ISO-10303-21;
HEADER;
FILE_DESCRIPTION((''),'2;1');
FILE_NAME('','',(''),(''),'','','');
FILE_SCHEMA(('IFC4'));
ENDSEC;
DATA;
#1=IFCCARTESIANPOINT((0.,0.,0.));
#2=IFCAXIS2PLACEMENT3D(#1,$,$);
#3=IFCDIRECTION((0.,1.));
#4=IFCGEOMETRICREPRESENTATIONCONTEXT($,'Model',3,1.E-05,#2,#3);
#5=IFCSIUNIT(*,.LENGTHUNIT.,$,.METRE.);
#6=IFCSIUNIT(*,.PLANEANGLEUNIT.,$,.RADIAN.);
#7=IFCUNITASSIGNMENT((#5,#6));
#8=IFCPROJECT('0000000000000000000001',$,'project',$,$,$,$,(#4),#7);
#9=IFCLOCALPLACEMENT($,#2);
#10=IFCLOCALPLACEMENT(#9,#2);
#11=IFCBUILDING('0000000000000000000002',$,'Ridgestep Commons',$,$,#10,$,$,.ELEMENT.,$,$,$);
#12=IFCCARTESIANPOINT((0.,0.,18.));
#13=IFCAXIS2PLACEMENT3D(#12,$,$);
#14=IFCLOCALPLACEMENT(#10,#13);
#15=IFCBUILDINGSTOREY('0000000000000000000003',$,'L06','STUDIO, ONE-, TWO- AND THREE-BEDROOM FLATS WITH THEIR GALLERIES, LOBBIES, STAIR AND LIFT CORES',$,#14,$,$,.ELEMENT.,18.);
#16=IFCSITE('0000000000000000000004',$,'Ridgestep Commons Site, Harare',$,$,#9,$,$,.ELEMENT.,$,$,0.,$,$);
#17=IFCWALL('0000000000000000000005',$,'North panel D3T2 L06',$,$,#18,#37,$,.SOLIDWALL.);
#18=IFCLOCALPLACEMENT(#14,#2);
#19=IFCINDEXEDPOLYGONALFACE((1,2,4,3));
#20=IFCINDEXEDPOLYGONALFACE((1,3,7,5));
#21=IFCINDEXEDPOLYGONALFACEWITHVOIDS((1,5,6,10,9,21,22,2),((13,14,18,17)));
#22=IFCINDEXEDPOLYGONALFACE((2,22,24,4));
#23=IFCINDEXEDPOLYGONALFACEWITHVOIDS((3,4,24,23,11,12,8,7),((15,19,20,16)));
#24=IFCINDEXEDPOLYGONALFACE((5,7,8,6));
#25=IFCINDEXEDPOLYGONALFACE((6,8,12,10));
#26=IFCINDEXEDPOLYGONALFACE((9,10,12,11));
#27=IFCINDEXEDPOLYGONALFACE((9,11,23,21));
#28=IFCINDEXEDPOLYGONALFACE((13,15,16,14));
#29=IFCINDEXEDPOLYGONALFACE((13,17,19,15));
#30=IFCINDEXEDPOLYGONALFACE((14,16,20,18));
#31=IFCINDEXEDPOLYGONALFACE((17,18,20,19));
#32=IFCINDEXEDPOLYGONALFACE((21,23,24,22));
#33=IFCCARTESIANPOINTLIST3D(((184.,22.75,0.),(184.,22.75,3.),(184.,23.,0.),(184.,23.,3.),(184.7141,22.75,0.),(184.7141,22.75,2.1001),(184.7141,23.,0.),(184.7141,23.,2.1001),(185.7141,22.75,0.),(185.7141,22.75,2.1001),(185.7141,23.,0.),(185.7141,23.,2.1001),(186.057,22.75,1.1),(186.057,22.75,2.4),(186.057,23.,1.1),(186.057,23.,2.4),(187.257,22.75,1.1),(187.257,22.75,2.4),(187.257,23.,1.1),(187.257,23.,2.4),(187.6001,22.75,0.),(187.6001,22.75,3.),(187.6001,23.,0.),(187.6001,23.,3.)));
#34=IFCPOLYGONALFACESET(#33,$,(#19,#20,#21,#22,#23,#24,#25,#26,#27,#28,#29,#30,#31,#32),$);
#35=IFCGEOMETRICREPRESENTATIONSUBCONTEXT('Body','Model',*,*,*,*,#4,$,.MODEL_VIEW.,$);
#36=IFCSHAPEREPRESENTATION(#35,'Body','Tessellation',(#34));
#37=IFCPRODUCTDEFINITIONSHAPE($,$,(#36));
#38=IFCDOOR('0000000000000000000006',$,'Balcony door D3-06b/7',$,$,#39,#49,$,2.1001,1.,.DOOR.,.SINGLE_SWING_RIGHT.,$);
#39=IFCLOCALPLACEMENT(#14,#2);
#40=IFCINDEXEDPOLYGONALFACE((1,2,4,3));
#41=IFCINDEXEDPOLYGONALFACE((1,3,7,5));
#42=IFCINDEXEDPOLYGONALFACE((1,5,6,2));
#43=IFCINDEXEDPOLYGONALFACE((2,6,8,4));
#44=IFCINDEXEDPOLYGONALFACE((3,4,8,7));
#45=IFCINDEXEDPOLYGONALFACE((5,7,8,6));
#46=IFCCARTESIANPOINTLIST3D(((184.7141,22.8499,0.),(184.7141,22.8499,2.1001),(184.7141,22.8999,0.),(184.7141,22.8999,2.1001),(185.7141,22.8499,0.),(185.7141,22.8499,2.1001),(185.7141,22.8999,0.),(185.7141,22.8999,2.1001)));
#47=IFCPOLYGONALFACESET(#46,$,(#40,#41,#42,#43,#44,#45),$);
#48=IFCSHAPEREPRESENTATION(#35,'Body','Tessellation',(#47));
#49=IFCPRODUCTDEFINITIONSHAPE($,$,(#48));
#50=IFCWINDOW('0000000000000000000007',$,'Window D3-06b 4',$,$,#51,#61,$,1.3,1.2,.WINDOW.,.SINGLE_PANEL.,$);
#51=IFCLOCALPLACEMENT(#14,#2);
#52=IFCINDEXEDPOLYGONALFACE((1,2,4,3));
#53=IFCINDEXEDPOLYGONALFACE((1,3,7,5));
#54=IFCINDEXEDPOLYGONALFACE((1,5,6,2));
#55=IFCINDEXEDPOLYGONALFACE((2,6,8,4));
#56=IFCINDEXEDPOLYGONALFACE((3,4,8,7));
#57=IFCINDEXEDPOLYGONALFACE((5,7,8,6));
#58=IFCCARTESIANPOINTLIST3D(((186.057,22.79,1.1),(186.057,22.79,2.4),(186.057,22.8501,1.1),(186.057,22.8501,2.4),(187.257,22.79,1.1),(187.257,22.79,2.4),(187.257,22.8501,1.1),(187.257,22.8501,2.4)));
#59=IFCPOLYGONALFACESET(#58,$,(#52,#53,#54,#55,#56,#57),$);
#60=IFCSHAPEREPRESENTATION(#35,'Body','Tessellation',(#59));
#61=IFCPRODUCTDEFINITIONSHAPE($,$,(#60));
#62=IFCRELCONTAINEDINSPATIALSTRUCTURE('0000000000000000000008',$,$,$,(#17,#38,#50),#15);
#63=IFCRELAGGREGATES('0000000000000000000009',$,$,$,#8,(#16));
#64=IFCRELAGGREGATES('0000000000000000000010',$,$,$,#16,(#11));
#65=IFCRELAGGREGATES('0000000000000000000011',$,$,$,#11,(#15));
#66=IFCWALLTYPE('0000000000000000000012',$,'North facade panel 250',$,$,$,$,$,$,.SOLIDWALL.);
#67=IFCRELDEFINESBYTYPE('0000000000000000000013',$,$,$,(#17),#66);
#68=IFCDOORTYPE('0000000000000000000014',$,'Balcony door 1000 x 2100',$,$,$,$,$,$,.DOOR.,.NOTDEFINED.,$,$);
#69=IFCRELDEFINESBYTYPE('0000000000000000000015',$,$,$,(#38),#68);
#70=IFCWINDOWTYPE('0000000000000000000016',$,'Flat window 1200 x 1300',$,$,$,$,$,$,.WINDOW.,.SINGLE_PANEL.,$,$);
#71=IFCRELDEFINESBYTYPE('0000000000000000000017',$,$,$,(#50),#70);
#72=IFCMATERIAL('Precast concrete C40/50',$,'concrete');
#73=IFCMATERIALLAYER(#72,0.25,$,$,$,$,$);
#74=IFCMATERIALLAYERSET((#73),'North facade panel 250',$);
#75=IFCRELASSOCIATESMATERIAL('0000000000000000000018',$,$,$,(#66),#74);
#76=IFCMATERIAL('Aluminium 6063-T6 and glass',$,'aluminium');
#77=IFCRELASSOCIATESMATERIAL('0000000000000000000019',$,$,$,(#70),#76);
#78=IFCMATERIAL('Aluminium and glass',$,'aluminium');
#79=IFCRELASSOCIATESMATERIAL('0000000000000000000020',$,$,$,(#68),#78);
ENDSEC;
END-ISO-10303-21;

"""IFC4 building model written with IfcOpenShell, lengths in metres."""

from ifc_helpers import new_model, si_unit, direction, frame, frame_2d, origin, place, context, subcontext, project, spatial, rectangle, extrude, material, layer, layer_set, type_object, element, fill, save


model = new_model("IFC4")

# Units and contexts
model_context = context("Model", 3, precision=1e-05, world=origin(), true_north=direction((0.0, 1.0)))
body_context = subcontext(model_context, "Body", "Model", "MODEL_VIEW")
ifc_project = project(units=[si_unit("LENGTHUNIT", "METRE"), si_unit("PLANEANGLEUNIT", "RADIAN")], contexts=[model_context])

# Site, building, storey
site_placement = place(None, origin())
site = spatial("IfcSite", under=ifc_project, at=site_placement, Name="Ridgestep Commons Site, Harare", CompositionType="ELEMENT", RefElevation=0.0)
building_placement = place(site_placement, origin())
building = spatial("IfcBuilding", under=site, at=building_placement, Name="Ridgestep Commons", CompositionType="ELEMENT")
storey_placement = place(building_placement, frame((0.0, 0.0, 18.0)))
storey = spatial("IfcBuildingStorey", under=building, at=storey_placement, Name="L06", Description="STUDIO, ONE-, TWO- AND THREE-BEDROOM FLATS WITH THEIR GALLERIES, LOBBIES, STAIR AND LIFT CORES", CompositionType="ELEMENT", Elevation=18.0)

# Shared definitions
ifc_material_1 = material(Name="Precast concrete C40/50", Category="concrete")
ifc_layer_1 = layer(ifc_material_1, 0.25)
ifc_layer_set_1 = layer_set([ifc_layer_1], Name="North facade panel 250")
wall_type_1 = type_object("IfcWallType", Name="North facade panel 250", PredefinedType="SOLIDWALL", material=ifc_layer_set_1)

# Shared definitions
ifc_material_2 = material(Name="Aluminium 6063-T6 and glass", Category="aluminium")
window_type_1 = type_object("IfcWindowType", Name="Flat window 1200 x 1300", PartitioningType="SINGLE_PANEL", PredefinedType="WINDOW", material=ifc_material_2)

# Wall, openings, door, window
wall_1_placement = place(storey_placement, frame((184.0, 22.875, 0.0), z_axis=(0.0, 0.0, 1.0), x_axis=(1.0, 0.0, 0.0)))
wall_1 = element("IfcWall", 1, at=wall_1_placement, inside=storey, type_object=wall_type_1, Name="North panel D3T2 L06", PredefinedType="SOLIDWALL", context=body_context, shape_type="SweptSolid", body=[
    extrude(rectangle(XDim=3.6001, YDim=0.25, at=frame_2d((1.8, 0.0))), origin(), (0.0, 0.0, 1.0), 3.0),
])
opening_1_placement = place(wall_1_placement, frame((2.0569, 0.0, 1.1001)))
opening_1 = element("IfcOpeningElement", 2, at=opening_1_placement, cuts=wall_1, PredefinedType="OPENING", context=body_context, shape_type="SweptSolid", body=[
    extrude(rectangle(XDim=1.2, YDim=1.3, at=frame_2d((0.6001, 0.6499))), frame((0.0, 0.135, 0.0), z_axis=(0.0, -1.0, 0.0), x_axis=(1.0, 0.0, 0.0)), (0.0, 0.0, 1.0), 0.27),
])
opening_2_placement = place(wall_1_placement, frame((0.7141, 0.0, 0.0)))
opening_2 = element("IfcOpeningElement", 3, at=opening_2_placement, cuts=wall_1, PredefinedType="OPENING", context=body_context, shape_type="SweptSolid", body=[
    extrude(rectangle(XDim=1.0, YDim=2.1001, at=frame_2d((0.5, 1.05))), frame((0.0, 0.135, 0.0), z_axis=(0.0, -1.0, 0.0), x_axis=(1.0, 0.0, 0.0)), (0.0, 0.0, 1.0), 0.27),
])
ifc_material_3 = material(Name="Aluminium and glass", Category="aluminium")
door_type_1 = type_object("IfcDoorType", Name="Balcony door 1000 x 2100", OperationType="NOTDEFINED", PredefinedType="DOOR", material=ifc_material_3)
door_1_placement = place(opening_2_placement, origin())
door_1 = element("IfcDoor", 4, at=door_1_placement, inside=storey, type_object=door_type_1, Name="Balcony door D3-06b/7", OperationType="SINGLE_SWING_RIGHT", OverallHeight=2.1001, OverallWidth=1.0, PredefinedType="DOOR", context=body_context, shape_type="SweptSolid", body=[
    extrude(rectangle(XDim=1.0, YDim=2.1001, at=frame_2d((0.5, 1.05))), frame((0.0, 0.0249, 0.0), z_axis=(0.0, -1.0, 0.0), x_axis=(1.0, 0.0, 0.0)), (0.0, 0.0, 1.0), 0.05),
])
fill(opening_2, door_1)
window_1_placement = place(opening_1_placement, origin())
window_1 = element("IfcWindow", 5, at=window_1_placement, inside=storey, type_object=window_type_1, Name="Window D3-06b 4", OverallHeight=1.3, OverallWidth=1.2, PartitioningType="SINGLE_PANEL", PredefinedType="WINDOW", context=body_context, shape_type="SweptSolid", body=[
    extrude(rectangle(XDim=1.2, YDim=1.3, at=frame_2d((0.6001, 0.6499))), frame((0.0, -0.0249, 0.0), z_axis=(0.0, -1.0, 0.0), x_axis=(1.0, 0.0, 0.0)), (0.0, 0.0, 1.0), 0.0601),
])
fill(opening_1, window_1)

save(model, "model.ifc")
